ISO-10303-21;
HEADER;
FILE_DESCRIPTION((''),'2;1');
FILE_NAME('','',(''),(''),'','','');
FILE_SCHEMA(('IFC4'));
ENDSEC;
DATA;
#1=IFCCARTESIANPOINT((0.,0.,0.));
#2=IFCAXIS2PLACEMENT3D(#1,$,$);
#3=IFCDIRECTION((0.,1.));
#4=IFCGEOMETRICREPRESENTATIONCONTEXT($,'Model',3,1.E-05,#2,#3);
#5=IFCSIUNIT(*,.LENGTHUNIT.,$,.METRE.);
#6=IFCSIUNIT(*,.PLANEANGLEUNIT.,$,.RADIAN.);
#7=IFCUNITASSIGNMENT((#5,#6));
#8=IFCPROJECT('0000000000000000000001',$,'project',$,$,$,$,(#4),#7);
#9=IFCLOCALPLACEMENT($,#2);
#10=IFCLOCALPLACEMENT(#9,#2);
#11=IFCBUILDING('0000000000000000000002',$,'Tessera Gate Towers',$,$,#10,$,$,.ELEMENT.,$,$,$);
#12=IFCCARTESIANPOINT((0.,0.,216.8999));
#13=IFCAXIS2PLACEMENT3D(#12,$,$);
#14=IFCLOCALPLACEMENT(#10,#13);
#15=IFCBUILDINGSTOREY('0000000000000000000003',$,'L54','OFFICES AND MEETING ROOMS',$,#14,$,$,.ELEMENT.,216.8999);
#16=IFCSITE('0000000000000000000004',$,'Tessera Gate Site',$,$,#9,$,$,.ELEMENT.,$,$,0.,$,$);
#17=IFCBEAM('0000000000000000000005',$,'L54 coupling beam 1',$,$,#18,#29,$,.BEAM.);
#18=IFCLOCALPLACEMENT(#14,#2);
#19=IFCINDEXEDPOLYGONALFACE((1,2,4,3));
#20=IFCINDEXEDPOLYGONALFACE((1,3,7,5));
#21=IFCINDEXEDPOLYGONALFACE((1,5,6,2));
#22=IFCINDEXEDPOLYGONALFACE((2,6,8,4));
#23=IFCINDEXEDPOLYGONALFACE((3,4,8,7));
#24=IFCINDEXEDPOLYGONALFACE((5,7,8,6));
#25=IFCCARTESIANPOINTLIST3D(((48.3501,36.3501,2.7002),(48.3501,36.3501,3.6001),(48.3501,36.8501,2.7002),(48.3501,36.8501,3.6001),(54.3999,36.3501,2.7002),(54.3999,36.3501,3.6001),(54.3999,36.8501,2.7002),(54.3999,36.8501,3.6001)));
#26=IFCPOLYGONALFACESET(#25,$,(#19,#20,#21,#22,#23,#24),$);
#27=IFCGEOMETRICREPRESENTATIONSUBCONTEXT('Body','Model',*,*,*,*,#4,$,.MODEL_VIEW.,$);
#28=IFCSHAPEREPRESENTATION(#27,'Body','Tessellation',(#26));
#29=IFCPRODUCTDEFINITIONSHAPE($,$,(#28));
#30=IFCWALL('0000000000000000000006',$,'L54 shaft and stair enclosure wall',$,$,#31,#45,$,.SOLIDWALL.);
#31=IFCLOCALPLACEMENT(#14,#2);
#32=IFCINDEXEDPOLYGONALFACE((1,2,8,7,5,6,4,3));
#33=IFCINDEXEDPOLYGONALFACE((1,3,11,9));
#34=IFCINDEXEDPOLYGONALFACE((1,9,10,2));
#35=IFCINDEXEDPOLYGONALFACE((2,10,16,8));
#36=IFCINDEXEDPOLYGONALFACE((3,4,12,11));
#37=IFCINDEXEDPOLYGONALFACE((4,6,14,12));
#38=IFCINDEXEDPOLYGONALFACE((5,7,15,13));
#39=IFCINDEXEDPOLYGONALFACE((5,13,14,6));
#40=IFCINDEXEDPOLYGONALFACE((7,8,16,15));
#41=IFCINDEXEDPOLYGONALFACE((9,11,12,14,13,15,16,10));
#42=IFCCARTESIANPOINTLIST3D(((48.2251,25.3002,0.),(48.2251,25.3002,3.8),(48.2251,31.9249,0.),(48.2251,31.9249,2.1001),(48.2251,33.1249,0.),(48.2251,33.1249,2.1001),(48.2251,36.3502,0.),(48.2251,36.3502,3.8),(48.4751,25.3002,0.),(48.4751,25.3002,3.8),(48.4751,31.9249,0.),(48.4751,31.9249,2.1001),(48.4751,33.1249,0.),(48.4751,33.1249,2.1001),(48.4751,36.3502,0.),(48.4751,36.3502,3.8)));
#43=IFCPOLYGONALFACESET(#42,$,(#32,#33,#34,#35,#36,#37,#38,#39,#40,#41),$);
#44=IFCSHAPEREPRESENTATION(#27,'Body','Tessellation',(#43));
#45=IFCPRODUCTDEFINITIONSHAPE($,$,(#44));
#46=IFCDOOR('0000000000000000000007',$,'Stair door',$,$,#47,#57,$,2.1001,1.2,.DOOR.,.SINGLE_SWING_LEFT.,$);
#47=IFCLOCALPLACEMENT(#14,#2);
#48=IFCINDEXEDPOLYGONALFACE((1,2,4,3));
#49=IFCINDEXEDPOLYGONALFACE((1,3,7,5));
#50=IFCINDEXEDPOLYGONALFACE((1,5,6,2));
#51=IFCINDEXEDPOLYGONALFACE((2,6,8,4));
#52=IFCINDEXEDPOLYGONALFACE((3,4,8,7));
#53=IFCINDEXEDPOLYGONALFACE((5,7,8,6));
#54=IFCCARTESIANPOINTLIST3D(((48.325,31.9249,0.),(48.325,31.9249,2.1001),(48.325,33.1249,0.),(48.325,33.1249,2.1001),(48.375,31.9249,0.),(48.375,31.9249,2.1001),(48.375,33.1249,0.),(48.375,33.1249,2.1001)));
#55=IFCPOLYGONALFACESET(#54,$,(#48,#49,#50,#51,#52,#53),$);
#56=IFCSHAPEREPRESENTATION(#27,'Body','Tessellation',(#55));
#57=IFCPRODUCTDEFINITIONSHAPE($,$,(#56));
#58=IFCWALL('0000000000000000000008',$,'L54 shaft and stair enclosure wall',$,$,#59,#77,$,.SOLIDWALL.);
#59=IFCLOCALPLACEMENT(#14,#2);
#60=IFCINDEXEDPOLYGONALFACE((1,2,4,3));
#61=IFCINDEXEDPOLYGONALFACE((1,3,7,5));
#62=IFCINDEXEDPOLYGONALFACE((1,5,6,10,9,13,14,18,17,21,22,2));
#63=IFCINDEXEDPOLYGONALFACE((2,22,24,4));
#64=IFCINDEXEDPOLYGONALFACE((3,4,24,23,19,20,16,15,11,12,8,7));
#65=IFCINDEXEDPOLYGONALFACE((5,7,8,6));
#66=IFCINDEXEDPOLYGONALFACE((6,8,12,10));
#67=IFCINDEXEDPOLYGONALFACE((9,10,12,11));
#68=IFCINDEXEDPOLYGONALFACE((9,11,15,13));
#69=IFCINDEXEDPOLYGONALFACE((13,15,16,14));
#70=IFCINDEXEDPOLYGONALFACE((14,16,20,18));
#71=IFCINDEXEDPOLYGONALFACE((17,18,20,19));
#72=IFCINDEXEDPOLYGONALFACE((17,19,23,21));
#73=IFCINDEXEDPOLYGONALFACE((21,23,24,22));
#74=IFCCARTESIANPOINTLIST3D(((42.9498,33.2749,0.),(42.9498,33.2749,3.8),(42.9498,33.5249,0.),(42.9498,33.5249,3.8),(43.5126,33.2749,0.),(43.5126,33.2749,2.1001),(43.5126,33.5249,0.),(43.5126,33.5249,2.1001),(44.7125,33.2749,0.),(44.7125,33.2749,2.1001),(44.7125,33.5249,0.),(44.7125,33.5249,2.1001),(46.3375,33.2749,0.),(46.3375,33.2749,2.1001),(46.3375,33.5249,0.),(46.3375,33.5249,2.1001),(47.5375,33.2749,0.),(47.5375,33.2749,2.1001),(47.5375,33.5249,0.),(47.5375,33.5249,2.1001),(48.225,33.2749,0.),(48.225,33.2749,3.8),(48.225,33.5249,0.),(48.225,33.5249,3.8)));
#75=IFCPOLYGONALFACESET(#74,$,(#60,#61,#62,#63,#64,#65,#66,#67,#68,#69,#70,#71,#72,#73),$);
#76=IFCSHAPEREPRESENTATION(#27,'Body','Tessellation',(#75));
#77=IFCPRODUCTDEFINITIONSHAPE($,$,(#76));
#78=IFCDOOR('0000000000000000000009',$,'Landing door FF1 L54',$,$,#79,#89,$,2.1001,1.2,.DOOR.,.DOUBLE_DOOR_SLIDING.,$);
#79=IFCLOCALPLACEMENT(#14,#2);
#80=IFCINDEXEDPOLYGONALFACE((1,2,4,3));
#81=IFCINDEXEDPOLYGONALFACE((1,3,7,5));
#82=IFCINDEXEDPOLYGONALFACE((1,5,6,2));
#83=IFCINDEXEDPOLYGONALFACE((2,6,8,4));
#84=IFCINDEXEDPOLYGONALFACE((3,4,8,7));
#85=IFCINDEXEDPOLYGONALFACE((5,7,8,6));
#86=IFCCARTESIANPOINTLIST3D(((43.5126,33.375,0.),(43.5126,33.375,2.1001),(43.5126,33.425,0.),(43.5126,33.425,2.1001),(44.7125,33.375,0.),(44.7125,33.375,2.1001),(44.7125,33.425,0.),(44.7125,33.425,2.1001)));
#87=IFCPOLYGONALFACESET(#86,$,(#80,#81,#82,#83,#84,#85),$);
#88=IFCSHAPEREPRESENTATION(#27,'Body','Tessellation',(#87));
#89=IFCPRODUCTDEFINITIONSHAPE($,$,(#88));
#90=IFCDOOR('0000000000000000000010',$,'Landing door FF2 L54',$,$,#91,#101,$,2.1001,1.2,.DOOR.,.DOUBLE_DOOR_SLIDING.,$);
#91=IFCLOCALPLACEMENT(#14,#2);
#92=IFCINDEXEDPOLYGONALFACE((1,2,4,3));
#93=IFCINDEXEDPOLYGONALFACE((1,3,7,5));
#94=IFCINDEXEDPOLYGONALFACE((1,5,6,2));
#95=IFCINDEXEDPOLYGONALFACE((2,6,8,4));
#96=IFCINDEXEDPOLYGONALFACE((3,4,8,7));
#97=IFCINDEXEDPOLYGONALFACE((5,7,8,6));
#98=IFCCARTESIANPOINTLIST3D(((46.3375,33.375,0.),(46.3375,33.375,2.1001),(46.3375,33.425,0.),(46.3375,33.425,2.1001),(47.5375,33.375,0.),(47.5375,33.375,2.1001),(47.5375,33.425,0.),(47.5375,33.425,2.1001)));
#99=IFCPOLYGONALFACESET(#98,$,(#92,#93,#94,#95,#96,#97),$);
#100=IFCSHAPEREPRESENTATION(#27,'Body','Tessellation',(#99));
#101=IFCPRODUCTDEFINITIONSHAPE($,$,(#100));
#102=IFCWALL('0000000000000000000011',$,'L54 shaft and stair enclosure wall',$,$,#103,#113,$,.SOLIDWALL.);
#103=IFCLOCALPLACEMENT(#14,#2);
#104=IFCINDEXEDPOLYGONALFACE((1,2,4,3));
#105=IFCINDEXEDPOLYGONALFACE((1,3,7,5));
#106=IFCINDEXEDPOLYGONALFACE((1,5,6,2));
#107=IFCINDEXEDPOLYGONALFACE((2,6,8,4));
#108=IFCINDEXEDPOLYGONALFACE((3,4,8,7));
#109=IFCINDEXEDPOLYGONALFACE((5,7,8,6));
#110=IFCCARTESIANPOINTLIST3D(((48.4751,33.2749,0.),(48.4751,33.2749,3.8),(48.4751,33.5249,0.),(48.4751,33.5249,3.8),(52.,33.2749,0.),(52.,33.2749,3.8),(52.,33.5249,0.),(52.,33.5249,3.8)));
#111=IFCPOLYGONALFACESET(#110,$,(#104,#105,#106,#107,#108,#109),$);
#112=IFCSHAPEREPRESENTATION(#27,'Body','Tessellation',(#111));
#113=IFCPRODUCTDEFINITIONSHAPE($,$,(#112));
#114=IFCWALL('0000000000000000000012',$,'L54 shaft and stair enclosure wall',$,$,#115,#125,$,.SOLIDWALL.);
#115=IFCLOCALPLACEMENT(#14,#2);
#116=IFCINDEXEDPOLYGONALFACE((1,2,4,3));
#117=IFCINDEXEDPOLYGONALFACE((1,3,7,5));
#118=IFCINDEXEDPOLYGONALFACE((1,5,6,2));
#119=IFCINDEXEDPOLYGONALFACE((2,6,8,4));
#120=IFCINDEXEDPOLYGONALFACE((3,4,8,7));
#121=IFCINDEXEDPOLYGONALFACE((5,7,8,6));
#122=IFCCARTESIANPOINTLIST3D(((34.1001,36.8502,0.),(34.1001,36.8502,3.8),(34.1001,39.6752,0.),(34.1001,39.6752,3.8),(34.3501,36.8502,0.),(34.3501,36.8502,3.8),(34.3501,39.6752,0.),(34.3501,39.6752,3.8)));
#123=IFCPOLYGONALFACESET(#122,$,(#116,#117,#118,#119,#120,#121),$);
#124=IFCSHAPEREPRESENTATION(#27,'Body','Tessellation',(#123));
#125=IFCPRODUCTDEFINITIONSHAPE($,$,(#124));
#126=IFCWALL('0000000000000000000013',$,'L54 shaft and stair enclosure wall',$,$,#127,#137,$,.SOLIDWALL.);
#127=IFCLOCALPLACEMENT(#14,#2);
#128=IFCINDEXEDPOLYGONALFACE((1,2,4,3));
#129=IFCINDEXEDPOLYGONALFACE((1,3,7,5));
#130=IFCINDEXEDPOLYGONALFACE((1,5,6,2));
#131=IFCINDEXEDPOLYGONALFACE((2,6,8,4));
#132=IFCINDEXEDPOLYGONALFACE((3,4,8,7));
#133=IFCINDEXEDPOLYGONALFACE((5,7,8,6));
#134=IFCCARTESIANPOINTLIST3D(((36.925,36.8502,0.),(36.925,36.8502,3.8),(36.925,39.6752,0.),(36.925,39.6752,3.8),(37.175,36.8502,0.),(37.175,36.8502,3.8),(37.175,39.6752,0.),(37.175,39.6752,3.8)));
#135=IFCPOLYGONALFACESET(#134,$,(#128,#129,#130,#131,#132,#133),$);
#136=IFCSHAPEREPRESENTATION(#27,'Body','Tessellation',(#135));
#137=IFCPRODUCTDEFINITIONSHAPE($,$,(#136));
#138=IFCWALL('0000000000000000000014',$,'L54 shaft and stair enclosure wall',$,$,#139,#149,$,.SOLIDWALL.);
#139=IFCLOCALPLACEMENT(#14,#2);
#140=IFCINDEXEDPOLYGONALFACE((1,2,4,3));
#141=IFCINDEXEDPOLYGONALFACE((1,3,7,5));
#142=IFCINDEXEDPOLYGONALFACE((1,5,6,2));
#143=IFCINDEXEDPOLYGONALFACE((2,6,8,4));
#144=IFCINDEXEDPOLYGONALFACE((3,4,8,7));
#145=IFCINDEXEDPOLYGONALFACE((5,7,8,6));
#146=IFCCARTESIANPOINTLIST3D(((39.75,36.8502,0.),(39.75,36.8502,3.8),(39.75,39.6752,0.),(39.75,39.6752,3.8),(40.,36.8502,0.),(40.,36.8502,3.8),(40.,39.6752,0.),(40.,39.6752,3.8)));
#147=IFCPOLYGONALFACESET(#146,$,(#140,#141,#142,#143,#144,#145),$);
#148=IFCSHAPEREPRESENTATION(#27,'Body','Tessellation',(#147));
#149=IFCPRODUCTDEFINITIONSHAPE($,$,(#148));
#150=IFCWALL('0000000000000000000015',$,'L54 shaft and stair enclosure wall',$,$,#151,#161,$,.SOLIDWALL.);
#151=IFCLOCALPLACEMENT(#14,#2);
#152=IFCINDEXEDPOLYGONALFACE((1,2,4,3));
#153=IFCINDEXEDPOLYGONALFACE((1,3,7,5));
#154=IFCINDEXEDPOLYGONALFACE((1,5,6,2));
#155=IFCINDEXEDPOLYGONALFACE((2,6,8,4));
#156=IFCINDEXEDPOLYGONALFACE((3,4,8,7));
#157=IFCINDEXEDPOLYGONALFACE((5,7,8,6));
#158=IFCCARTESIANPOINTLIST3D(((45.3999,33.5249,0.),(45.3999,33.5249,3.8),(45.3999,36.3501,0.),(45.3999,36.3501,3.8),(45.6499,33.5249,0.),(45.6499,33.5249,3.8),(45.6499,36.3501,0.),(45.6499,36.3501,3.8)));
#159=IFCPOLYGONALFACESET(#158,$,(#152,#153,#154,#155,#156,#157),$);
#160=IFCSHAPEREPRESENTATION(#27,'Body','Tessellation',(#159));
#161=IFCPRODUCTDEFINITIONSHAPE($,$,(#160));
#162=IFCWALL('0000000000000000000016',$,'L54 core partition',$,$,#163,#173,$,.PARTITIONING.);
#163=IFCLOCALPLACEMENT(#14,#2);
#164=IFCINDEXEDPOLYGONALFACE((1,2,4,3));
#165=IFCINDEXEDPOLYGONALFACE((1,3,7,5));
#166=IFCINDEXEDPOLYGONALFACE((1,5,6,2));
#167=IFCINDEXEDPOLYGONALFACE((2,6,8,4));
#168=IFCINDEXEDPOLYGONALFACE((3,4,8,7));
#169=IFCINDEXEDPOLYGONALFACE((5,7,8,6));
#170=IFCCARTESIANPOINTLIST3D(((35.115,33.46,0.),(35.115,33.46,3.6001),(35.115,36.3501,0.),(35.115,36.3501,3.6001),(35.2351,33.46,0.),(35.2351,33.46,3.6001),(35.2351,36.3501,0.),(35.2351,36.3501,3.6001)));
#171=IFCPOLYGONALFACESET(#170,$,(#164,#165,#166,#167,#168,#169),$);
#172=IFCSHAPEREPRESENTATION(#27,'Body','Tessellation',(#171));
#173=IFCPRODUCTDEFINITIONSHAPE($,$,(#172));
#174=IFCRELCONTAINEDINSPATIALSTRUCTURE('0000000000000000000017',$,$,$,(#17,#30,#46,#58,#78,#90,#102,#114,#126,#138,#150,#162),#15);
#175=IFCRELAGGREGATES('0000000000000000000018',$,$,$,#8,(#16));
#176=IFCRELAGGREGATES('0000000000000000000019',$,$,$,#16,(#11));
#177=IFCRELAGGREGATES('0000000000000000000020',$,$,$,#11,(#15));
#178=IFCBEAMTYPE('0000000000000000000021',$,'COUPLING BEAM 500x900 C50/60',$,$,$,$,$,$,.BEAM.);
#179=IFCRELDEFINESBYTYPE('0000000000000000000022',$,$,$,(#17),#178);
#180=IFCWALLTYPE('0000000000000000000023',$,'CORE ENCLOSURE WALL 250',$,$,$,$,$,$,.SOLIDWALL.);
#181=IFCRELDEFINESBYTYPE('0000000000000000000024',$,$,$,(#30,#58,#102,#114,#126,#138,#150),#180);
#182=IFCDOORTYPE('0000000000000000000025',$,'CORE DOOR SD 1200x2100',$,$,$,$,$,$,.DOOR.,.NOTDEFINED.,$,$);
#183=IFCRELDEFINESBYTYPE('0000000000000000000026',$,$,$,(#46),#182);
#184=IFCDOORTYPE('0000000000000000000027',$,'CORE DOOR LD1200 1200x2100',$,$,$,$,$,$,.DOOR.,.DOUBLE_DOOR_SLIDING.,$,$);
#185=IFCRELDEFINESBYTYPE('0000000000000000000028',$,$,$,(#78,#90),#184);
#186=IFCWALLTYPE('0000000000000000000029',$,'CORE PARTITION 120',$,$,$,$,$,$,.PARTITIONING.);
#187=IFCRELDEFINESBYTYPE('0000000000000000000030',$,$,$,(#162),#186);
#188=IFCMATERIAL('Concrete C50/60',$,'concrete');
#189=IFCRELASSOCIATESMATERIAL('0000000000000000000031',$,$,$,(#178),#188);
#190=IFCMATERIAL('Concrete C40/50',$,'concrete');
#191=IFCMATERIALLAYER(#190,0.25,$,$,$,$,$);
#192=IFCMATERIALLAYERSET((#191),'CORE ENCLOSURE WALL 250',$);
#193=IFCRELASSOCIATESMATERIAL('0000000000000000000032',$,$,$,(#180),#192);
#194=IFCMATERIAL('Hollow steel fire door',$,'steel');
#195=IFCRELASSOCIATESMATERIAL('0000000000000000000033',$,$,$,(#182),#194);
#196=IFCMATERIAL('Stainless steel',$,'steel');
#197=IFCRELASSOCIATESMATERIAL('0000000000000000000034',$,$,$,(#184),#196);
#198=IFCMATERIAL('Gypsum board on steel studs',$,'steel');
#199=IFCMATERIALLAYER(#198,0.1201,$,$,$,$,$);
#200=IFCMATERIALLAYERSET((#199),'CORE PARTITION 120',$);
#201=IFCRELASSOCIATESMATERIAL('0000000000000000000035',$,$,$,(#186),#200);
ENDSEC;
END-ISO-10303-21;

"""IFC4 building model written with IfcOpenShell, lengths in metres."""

from ifc_helpers import new_model, si_unit, direction, frame, frame_2d, origin, origin_2d, place, context, subcontext, project, spatial, rectangle, extrude, source, transform, mapped, material, layer, layer_set, material_profile, profile_set, type_object, element, fill, save


model = new_model("IFC4")

# Units and contexts
model_context = context("Model", 3, precision=1e-05, world=origin(), true_north=direction((0.0, 1.0)))
body_context = subcontext(model_context, "Body", "Model", "MODEL_VIEW")
ifc_project = project(units=[si_unit("LENGTHUNIT", "METRE"), si_unit("PLANEANGLEUNIT", "RADIAN")], contexts=[model_context])

# Site, building, storey
site_placement = place(None, origin())
site = spatial("IfcSite", under=ifc_project, at=site_placement, Name="Tessera Gate Site", CompositionType="ELEMENT", RefElevation=0.0)
building_placement = place(site_placement, origin())
building = spatial("IfcBuilding", under=site, at=building_placement, Name="Tessera Gate Towers", CompositionType="ELEMENT")
storey_placement = place(building_placement, frame((0.0, 0.0, 216.8999)))
storey = spatial("IfcBuildingStorey", under=building, at=storey_placement, Name="L54", Description="OFFICES AND MEETING ROOMS", CompositionType="ELEMENT", Elevation=216.8999)

# Beam
ifc_material_1 = material(Name="Concrete C50/60", Category="concrete")
ifc_material_profile = material_profile(ifc_material_1, rectangle(XDim=0.5, YDim=0.8999, at=origin_2d()), Name="RC 500x900")
ifc_profile_set = profile_set([ifc_material_profile], Name="Concrete C50/60")
beam_type = type_object("IfcBeamType", Name="COUPLING BEAM 500x900 C50/60", PredefinedType="BEAM", material=ifc_profile_set)
beam_placement = place(storey_placement, frame((48.3501, 36.6001, 3.1501), z_axis=(1.0, 0.0, 0.0), x_axis=(0.0, 1.0, 0.0)))
element("IfcBeam", 1, at=beam_placement, inside=storey, type_object=beam_type, Name="L54 coupling beam 1", PredefinedType="BEAM", context=body_context, shape_type="SweptSolid", body=[
    extrude(rectangle(XDim=0.5, YDim=0.8999, at=origin_2d()), origin(), (0.0, 0.0, 1.0), 6.0498),
])

# Wall, opening, door
ifc_material_2 = material(Name="Concrete C40/50", Category="concrete")
ifc_layer_1 = layer(ifc_material_2, 0.25)
ifc_layer_set_1 = layer_set([ifc_layer_1], Name="CORE ENCLOSURE WALL 250")
wall_type_1 = type_object("IfcWallType", Name="CORE ENCLOSURE WALL 250", PredefinedType="SOLIDWALL", material=ifc_layer_set_1)
wall_1_placement = place(storey_placement, frame((48.3501, 36.3501, 0.0), z_axis=(0.0, 0.0, 1.0), x_axis=(0.0, -1.0, 0.0)))
wall_1 = element("IfcWall", 2, at=wall_1_placement, inside=storey, type_object=wall_type_1, Name="L54 shaft and stair enclosure wall", PredefinedType="SOLIDWALL", context=body_context, shape_type="SweptSolid", body=[
    extrude(rectangle(XDim=11.05, YDim=0.25, at=frame_2d((5.5249, 0.0))), origin(), (0.0, 0.0, 1.0), 3.8),
])
shared_shape_1 = source(origin(), body_context, "Body", "SweptSolid", [
    extrude(rectangle(XDim=1.2, YDim=2.1001, at=frame_2d((0.6001, 1.05))), frame((0.0, 0.135, 0.0), z_axis=(0.0, -1.0, 0.0), x_axis=(1.0, 0.0, 0.0)), (0.0, 0.0, 1.0), 0.27),
])
opening_1_placement = place(wall_1_placement, frame((3.2251, 0.0, 0.0)))
opening_1 = element("IfcOpeningElement", 3, at=opening_1_placement, cuts=wall_1, PredefinedType="OPENING", context=body_context, shape_type="MappedRepresentation", body=[
    mapped(shared_shape_1, transform((0.0, 0.0, 0.0), scale=1.0)),
])
ifc_material_3 = material(Name="Hollow steel fire door", Category="steel")
door_type_1 = type_object("IfcDoorType", Name="CORE DOOR SD 1200x2100", OperationType="NOTDEFINED", PredefinedType="DOOR", material=ifc_material_3)
shared_shape_2 = source(origin(), body_context, "Body", "SweptSolid", [
    extrude(rectangle(XDim=1.2, YDim=2.1001, at=frame_2d((0.6001, 1.05))), frame((0.0, 0.0249, 0.0), z_axis=(0.0, -1.0, 0.0), x_axis=(1.0, 0.0, 0.0)), (0.0, 0.0, 1.0), 0.05),
])
door_1_placement = place(opening_1_placement, origin())
door_1 = element("IfcDoor", 4, at=door_1_placement, inside=storey, type_object=door_type_1, Name="Stair door", OperationType="SINGLE_SWING_LEFT", OverallHeight=2.1001, OverallWidth=1.2, PredefinedType="DOOR", context=body_context, shape_type="MappedRepresentation", body=[
    mapped(shared_shape_2, transform((0.0, 0.0, 0.0), scale=1.0)),
])
fill(opening_1, door_1)

# Wall, openings, doors
wall_2_placement = place(storey_placement, frame((48.2251, 33.3999, 0.0), z_axis=(0.0, 0.0, 1.0), x_axis=(-1.0, 0.0, 0.0)))
wall_2 = element("IfcWall", 5, at=wall_2_placement, inside=storey, type_object=wall_type_1, Name="L54 shaft and stair enclosure wall", PredefinedType="SOLIDWALL", context=body_context, shape_type="SweptSolid", body=[
    extrude(rectangle(XDim=5.2751, YDim=0.25, at=frame_2d((2.6377, 0.0))), origin(), (0.0, 0.0, 1.0), 3.8),
])
opening_2_placement = place(wall_2_placement, frame((3.5125, 0.0, 0.0)))
opening_2 = element("IfcOpeningElement", 6, at=opening_2_placement, cuts=wall_2, PredefinedType="OPENING", context=body_context, shape_type="MappedRepresentation", body=[
    mapped(shared_shape_1, transform((0.0, 0.0, 0.0), scale=1.0)),
])
opening_3_placement = place(wall_2_placement, frame((0.6875, 0.0, 0.0)))
opening_3 = element("IfcOpeningElement", 7, at=opening_3_placement, cuts=wall_2, PredefinedType="OPENING", context=body_context, shape_type="MappedRepresentation", body=[
    mapped(shared_shape_1, transform((0.0, 0.0, 0.0), scale=1.0)),
])
ifc_material_4 = material(Name="Stainless steel", Category="steel")
door_type_2 = type_object("IfcDoorType", Name="CORE DOOR LD1200 1200x2100", OperationType="DOUBLE_DOOR_SLIDING", PredefinedType="DOOR", material=ifc_material_4)
door_2_placement = place(opening_2_placement, origin())
door_2 = element("IfcDoor", 8, at=door_2_placement, inside=storey, type_object=door_type_2, Name="Landing door FF1 L54", OperationType="DOUBLE_DOOR_SLIDING", OverallHeight=2.1001, OverallWidth=1.2, PredefinedType="DOOR", context=body_context, shape_type="MappedRepresentation", body=[
    mapped(shared_shape_2, transform((0.0, 0.0, 0.0), scale=1.0)),
])
fill(opening_2, door_2)
door_3_placement = place(opening_3_placement, origin())
door_3 = element("IfcDoor", 9, at=door_3_placement, inside=storey, type_object=door_type_2, Name="Landing door FF2 L54", OperationType="DOUBLE_DOOR_SLIDING", OverallHeight=2.1001, OverallWidth=1.2, PredefinedType="DOOR", context=body_context, shape_type="MappedRepresentation", body=[
    mapped(shared_shape_2, transform((0.0, 0.0, 0.0), scale=1.0)),
])
fill(opening_3, door_3)

# Walls
wall_3_placement = place(storey_placement, frame((48.4751, 33.3999, 0.0), z_axis=(0.0, 0.0, 1.0), x_axis=(1.0, 0.0, 0.0)))
element("IfcWall", 10, at=wall_3_placement, inside=storey, type_object=wall_type_1, Name="L54 shaft and stair enclosure wall", PredefinedType="SOLIDWALL", context=body_context, shape_type="SweptSolid", body=[
    extrude(rectangle(XDim=3.5249, YDim=0.25, at=frame_2d((1.7625, 0.0))), origin(), (0.0, 0.0, 1.0), 3.8),
])
for number, where, z_axis, x_axis, name in (
    (11, (34.2251, 36.8501, 0.0), (0.0, 0.0, 1.0), (0.0, 1.0, 0.0), "L54 shaft and stair enclosure wall"),
    (12, (37.05, 36.8501, 0.0), (0.0, 0.0, 1.0), (0.0, 1.0, 0.0), "L54 shaft and stair enclosure wall"),
    (13, (39.875, 36.8501, 0.0), (0.0, 0.0, 1.0), (0.0, 1.0, 0.0), "L54 shaft and stair enclosure wall"),
):
    element("IfcWall", number, at=place(storey_placement, frame(where, z_axis=z_axis, x_axis=x_axis)), inside=storey, type_object=wall_type_1, Name=name, PredefinedType="SOLIDWALL", context=body_context, shape_type="SweptSolid", body=[
        extrude(rectangle(XDim=2.825, YDim=0.25, at=frame_2d((1.4126, 0.0))), origin(), (0.0, 0.0, 1.0), 3.8),
    ])
wall_4_placement = place(storey_placement, frame((45.5249, 33.5249, 0.0), z_axis=(0.0, 0.0, 1.0), x_axis=(0.0, 1.0, 0.0)))
element("IfcWall", 14, at=wall_4_placement, inside=storey, type_object=wall_type_1, Name="L54 shaft and stair enclosure wall", PredefinedType="SOLIDWALL", context=body_context, shape_type="SweptSolid", body=[
    extrude(rectangle(XDim=2.8252, YDim=0.25, at=frame_2d((1.4126, 0.0))), origin(), (0.0, 0.0, 1.0), 3.8),
])
ifc_material_5 = material(Name="Gypsum board on steel studs", Category="steel")
ifc_layer_2 = layer(ifc_material_5, 0.1201)
ifc_layer_set_2 = layer_set([ifc_layer_2], Name="CORE PARTITION 120")
wall_type_2 = type_object("IfcWallType", Name="CORE PARTITION 120", PredefinedType="PARTITIONING", material=ifc_layer_set_2)
wall_5_placement = place(storey_placement, frame((35.175, 33.46, 0.0), z_axis=(0.0, 0.0, 1.0), x_axis=(0.0, 1.0, 0.0)))
element("IfcWall", 15, at=wall_5_placement, inside=storey, type_object=wall_type_2, Name="L54 core partition", PredefinedType="PARTITIONING", context=body_context, shape_type="SweptSolid", body=[
    extrude(rectangle(XDim=2.8901, YDim=0.1201, at=frame_2d((1.4451, 0.0))), origin(), (0.0, 0.0, 1.0), 3.6001),
])

save(model, "model.ifc")
